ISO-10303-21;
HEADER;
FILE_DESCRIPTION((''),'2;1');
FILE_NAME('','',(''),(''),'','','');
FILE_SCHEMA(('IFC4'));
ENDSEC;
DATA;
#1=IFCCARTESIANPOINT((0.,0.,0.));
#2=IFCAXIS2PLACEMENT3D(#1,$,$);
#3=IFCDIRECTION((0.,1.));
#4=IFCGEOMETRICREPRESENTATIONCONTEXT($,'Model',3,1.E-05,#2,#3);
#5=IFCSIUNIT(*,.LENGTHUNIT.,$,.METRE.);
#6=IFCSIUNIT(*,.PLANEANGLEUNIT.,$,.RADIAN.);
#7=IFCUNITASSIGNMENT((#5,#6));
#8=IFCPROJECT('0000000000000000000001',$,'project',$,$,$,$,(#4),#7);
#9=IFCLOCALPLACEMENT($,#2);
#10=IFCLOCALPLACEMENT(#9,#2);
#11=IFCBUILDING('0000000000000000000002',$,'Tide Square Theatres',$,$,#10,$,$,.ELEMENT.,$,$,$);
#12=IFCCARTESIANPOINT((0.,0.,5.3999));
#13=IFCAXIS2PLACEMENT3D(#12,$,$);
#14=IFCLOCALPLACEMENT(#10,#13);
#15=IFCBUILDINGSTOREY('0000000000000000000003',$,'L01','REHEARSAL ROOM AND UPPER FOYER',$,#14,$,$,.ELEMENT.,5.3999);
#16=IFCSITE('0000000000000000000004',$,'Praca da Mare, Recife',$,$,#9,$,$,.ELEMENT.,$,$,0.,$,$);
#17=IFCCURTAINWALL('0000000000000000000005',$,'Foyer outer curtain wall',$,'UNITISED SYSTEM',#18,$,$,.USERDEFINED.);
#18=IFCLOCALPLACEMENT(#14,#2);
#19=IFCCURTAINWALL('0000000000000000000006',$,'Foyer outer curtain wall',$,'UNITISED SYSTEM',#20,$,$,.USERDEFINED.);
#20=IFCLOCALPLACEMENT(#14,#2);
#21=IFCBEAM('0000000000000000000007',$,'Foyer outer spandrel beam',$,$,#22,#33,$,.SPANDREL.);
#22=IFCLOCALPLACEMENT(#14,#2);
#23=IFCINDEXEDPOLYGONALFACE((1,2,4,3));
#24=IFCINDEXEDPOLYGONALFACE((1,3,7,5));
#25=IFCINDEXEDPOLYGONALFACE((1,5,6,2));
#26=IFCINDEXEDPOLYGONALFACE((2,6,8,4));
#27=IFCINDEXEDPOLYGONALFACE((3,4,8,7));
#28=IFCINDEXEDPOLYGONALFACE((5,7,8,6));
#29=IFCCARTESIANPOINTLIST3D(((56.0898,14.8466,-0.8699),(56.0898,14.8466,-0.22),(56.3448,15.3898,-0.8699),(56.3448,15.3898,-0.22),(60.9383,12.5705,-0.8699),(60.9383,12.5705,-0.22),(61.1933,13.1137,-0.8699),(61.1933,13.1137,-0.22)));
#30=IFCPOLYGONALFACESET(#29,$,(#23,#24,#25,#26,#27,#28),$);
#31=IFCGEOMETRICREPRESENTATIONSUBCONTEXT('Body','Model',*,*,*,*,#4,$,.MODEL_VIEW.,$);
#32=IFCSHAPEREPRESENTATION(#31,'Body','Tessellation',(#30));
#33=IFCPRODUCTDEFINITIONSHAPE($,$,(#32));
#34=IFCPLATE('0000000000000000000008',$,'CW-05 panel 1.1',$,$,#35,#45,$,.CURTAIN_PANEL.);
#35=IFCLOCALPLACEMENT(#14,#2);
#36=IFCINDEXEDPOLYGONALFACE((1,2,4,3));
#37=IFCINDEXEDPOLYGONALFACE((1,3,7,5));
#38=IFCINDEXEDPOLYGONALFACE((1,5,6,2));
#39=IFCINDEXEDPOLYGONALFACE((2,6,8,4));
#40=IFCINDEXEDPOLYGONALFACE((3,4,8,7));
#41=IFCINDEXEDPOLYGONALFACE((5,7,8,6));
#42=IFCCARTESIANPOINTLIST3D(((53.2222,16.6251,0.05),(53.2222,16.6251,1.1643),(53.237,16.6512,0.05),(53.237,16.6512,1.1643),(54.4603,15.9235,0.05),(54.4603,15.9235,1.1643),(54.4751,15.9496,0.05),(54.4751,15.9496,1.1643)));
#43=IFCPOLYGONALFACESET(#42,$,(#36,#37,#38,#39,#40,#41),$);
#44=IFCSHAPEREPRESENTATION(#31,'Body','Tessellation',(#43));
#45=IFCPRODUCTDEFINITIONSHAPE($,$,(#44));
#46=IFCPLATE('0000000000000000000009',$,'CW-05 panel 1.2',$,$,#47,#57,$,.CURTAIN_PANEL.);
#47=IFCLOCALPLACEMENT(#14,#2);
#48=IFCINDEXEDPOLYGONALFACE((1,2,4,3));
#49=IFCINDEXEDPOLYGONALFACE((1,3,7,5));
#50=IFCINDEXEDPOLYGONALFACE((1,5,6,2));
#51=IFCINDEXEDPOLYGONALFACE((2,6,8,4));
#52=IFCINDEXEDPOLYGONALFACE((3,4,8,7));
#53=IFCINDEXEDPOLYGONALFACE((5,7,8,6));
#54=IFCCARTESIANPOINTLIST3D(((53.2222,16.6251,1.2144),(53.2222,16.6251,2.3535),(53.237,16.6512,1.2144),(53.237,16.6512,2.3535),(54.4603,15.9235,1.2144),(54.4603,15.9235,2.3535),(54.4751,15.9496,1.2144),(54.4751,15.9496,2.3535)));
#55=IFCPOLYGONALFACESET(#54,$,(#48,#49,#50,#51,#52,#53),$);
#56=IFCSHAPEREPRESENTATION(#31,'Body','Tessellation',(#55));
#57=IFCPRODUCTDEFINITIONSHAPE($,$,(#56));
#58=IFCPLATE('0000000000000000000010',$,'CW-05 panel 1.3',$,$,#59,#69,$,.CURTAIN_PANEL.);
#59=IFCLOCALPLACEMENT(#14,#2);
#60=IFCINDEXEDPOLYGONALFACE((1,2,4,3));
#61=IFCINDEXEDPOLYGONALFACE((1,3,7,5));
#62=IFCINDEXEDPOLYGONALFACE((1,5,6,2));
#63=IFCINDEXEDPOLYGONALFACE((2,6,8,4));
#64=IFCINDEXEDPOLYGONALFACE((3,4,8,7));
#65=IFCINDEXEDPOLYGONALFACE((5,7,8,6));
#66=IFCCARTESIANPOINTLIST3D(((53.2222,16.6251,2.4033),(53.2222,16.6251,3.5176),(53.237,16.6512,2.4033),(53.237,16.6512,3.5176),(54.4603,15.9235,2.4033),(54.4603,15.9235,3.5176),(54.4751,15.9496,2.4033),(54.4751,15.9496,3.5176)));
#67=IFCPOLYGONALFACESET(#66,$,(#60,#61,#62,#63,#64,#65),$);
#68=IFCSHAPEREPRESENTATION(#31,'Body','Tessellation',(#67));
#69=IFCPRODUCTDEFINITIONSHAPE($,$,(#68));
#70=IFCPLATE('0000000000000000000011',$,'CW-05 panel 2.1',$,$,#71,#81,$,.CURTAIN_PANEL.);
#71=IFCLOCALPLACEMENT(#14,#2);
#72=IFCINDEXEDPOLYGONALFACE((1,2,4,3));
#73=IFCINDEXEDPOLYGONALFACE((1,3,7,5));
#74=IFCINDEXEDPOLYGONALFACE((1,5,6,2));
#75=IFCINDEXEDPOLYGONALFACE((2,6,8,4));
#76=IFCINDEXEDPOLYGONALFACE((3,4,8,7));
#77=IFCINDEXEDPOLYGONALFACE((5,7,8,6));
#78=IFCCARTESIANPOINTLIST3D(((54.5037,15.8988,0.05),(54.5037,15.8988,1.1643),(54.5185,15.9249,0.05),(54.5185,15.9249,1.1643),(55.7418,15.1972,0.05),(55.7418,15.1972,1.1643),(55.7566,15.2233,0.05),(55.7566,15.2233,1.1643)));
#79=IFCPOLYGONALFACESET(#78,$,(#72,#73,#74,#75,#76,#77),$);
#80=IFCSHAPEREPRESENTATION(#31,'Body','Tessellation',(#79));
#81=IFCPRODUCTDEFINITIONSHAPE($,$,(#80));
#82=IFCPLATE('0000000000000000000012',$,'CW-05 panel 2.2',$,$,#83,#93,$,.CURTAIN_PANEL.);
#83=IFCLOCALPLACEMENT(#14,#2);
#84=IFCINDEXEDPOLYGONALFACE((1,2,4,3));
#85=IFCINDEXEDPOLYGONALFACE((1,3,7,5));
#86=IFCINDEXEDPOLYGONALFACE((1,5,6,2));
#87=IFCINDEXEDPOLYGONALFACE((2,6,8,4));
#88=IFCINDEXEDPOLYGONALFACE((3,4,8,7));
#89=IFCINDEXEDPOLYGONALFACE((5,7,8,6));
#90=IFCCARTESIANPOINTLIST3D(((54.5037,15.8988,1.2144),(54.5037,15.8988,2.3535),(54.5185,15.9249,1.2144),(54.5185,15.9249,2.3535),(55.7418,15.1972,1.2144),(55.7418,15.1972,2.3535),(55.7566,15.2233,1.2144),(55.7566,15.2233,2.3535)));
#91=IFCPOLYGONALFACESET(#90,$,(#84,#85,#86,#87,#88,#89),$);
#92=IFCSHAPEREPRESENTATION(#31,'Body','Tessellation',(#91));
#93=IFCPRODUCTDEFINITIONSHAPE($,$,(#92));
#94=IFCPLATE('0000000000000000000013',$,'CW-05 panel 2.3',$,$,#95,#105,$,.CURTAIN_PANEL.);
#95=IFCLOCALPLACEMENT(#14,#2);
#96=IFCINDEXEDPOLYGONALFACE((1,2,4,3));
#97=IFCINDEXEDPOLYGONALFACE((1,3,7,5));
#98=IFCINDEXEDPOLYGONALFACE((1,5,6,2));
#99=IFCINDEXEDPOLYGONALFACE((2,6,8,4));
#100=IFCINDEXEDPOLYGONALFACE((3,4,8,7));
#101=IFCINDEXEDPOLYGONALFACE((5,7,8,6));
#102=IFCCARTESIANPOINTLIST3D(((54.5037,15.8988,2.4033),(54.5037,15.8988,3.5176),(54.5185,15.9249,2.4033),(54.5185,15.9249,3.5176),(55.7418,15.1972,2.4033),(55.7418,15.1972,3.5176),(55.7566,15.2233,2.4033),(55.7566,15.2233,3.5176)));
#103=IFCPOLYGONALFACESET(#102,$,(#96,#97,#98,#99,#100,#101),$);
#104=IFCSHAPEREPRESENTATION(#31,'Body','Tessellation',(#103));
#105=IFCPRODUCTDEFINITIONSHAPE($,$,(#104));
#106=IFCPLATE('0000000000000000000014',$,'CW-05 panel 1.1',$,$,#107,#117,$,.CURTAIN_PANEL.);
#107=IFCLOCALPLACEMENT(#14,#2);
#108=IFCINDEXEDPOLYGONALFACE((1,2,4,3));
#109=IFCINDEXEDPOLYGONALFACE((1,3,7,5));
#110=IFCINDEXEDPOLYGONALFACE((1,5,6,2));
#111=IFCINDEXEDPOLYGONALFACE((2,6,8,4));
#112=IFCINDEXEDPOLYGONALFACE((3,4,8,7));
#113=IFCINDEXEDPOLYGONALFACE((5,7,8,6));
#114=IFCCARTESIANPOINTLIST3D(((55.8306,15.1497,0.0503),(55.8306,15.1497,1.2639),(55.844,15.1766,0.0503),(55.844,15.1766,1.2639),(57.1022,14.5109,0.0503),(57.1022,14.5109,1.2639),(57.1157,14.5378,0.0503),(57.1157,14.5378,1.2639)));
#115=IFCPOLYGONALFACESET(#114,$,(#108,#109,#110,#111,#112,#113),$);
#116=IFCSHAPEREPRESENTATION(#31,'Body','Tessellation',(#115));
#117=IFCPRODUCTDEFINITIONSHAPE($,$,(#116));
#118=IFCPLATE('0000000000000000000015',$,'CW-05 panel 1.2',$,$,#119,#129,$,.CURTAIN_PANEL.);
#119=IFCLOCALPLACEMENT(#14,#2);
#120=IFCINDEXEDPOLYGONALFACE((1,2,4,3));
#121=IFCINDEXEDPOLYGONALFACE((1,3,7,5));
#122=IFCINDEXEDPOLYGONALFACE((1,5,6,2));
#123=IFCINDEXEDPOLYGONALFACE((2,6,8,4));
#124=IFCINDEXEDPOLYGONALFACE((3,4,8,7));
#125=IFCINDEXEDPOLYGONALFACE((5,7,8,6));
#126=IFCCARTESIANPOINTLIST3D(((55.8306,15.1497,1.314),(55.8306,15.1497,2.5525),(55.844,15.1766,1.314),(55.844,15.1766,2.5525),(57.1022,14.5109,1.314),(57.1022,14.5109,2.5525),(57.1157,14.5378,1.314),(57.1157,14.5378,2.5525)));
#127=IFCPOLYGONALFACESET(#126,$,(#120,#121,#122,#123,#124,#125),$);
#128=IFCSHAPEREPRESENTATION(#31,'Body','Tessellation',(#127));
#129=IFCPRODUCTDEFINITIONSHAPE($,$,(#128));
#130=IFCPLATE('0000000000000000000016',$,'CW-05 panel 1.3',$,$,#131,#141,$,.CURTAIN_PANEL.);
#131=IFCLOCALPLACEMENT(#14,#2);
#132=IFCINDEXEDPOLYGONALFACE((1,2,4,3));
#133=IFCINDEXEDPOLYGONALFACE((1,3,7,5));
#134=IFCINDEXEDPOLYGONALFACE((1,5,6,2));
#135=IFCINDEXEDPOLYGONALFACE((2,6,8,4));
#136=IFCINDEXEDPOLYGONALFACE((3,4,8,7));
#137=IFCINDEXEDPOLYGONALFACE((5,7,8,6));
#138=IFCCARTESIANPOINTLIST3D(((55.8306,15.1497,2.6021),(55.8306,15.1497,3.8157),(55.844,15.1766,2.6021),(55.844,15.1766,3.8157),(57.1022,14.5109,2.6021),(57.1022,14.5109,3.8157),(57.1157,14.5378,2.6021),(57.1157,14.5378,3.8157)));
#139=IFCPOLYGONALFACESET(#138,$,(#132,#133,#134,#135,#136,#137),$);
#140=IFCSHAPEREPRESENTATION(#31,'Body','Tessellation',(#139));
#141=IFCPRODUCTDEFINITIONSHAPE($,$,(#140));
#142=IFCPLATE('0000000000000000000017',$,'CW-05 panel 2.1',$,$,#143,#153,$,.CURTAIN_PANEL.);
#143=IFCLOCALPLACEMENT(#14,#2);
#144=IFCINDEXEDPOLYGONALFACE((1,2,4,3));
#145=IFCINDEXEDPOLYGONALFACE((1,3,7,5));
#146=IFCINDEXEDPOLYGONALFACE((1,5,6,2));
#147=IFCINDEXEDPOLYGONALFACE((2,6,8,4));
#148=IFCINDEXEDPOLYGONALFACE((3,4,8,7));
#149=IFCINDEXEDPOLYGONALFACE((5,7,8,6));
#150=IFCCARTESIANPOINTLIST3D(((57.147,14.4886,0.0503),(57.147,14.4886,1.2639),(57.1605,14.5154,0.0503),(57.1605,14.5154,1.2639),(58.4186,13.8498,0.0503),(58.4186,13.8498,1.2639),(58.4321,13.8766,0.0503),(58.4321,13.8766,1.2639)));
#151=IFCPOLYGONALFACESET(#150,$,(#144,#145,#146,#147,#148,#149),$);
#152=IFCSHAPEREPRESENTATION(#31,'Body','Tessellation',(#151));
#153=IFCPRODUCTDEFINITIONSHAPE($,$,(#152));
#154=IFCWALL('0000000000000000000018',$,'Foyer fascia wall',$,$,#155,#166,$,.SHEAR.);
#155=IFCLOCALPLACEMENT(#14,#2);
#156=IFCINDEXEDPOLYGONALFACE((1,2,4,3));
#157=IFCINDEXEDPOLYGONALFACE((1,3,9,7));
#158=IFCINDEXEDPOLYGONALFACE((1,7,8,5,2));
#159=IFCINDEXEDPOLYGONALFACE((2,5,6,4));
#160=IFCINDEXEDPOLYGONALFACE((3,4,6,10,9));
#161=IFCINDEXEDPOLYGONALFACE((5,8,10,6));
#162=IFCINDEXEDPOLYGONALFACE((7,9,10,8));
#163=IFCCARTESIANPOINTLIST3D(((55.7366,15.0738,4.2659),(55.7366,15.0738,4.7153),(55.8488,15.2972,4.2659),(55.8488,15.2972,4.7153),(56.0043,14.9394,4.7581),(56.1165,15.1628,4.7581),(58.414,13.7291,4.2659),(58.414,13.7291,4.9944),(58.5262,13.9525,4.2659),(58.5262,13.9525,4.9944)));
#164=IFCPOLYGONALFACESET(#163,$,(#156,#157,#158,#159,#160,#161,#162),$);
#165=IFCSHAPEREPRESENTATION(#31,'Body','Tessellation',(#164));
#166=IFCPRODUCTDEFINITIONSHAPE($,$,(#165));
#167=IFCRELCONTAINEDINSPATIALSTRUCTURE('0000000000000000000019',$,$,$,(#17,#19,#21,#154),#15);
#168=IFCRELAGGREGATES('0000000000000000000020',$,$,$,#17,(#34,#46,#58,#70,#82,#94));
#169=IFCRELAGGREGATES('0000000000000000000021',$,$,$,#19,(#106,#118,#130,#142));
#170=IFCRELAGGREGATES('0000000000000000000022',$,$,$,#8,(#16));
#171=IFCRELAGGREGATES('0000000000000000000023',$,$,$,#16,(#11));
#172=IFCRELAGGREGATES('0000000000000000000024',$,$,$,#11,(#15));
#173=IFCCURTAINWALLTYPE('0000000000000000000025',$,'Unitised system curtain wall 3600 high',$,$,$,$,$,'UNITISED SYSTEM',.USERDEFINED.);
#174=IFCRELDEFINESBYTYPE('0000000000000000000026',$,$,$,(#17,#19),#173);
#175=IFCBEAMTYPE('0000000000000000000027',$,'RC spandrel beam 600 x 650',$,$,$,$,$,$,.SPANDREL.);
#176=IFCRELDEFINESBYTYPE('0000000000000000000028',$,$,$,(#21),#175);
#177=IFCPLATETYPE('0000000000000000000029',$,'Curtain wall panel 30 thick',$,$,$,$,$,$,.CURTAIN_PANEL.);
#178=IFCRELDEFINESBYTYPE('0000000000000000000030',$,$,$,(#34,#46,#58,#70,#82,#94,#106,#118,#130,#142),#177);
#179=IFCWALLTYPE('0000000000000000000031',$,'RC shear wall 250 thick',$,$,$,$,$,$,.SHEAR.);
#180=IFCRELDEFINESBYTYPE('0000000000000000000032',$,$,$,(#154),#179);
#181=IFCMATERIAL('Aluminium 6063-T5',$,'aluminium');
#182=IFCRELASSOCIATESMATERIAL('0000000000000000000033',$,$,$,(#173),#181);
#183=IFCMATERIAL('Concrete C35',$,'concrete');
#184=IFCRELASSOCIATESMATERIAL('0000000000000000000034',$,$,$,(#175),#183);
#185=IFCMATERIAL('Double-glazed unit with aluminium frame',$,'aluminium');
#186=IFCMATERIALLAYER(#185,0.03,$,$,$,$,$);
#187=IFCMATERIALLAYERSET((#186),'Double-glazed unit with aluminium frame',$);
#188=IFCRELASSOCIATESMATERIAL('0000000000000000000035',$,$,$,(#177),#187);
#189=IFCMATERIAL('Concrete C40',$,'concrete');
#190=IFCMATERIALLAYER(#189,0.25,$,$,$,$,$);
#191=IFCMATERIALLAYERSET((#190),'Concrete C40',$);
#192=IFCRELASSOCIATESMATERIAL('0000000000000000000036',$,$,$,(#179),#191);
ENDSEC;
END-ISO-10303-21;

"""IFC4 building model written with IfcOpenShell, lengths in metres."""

from ifc_helpers import new_model, si_unit, direction, frame, origin, origin_2d, place, context, subcontext, project, spatial, polyline, rectangle, outline, extrude, material, layer, layer_set, material_profile, profile_set, type_object, element, aggregate, save


model = new_model("IFC4")

# Units and contexts
model_context = context("Model", 3, precision=1e-05, world=origin(), true_north=direction((0.0, 1.0)))
body_context = subcontext(model_context, "Body", "Model", "MODEL_VIEW")
ifc_project = project(units=[si_unit("LENGTHUNIT", "METRE"), si_unit("PLANEANGLEUNIT", "RADIAN")], contexts=[model_context])

# Site, building, storey
site_placement = place(None, origin())
site = spatial("IfcSite", under=ifc_project, at=site_placement, Name="Praca da Mare, Recife", CompositionType="ELEMENT", RefElevation=0.0)
building_placement = place(site_placement, origin())
building = spatial("IfcBuilding", under=site, at=building_placement, Name="Tide Square Theatres", CompositionType="ELEMENT")
storey_placement = place(building_placement, frame((0.0, 0.0, 5.3999)))
storey = spatial("IfcBuildingStorey", under=building, at=storey_placement, Name="L01", Description="REHEARSAL ROOM AND UPPER FOYER", CompositionType="ELEMENT", Elevation=5.3999)

# Curtain walls
ifc_material_1 = material(Name="Aluminium 6063-T5", Category="aluminium")
curtain_wall_type = type_object("IfcCurtainWallType", Name="Unitised system curtain wall 3600 high", ElementType="UNITISED SYSTEM", PredefinedType="USERDEFINED", material=ifc_material_1)
curtain_wall_1_placement = place(storey_placement, origin())
curtain_wall_1 = element("IfcCurtainWall", 1, at=curtain_wall_1_placement, inside=storey, type_object=curtain_wall_type, Name="Foyer outer curtain wall", ObjectType="UNITISED SYSTEM", PredefinedType="USERDEFINED")
curtain_wall_2_placement = place(storey_placement, origin())
curtain_wall_2 = element("IfcCurtainWall", 2, at=curtain_wall_2_placement, inside=storey, type_object=curtain_wall_type, Name="Foyer outer curtain wall", ObjectType="UNITISED SYSTEM", PredefinedType="USERDEFINED")

# Beam
ifc_material_2 = material(Name="Concrete C35", Category="concrete")
ifc_material_profile_1 = material_profile(ifc_material_2, rectangle(XDim=0.6001, YDim=0.6499, at=origin_2d()))
ifc_profile_set_1 = profile_set([ifc_material_profile_1], Name="Concrete C35")
beam_type_1 = type_object("IfcBeamType", Name="RC spandrel beam 600 x 650", PredefinedType="SPANDREL", material=ifc_profile_set_1)
beam_1_placement = place(storey_placement, frame((56.2173, 15.1182, -0.5449), z_axis=(0.90522, -0.424943, 0.0), x_axis=(0.424943, 0.90522, 0.0)))
element("IfcBeam", 3, at=beam_1_placement, inside=storey, type_object=beam_type_1, Name="Foyer outer spandrel beam", PredefinedType="SPANDREL", context=body_context, shape_type="SweptSolid", body=[
    extrude(rectangle(XDim=0.6001, YDim=0.6499, at=origin_2d()), origin(), (0.0, 0.0, 1.0), 5.3562),
])

# Plates
ifc_material_3 = material(Name="Double-glazed unit with aluminium frame", Category="aluminium")
ifc_layer_1 = layer(ifc_material_3, 0.03)
ifc_layer_set_1 = layer_set([ifc_layer_1], Name="Double-glazed unit with aluminium frame")
plate_type = type_object("IfcPlateType", Name="Curtain wall panel 30 thick", PredefinedType="CURTAIN_PANEL", material=ifc_layer_set_1)
plate_1_placement = place(storey_placement, frame((53.8486, 16.2874, 0.05), z_axis=(0.0, 0.0, 1.0), x_axis=(0.870018, -0.493019, 0.0)))
plate_1 = element("IfcPlate", 4, at=plate_1_placement, type_object=plate_type, Name="CW-05 panel 1.1", PredefinedType="CURTAIN_PANEL", context=body_context, shape_type="SweptSolid", body=[
    extrude(rectangle(XDim=1.4231, YDim=0.03, at=origin_2d()), origin(), (0.0, 0.0, 1.0), 1.1143),
])
plate_2_placement = place(storey_placement, frame((53.8486, 16.2874, 1.2144), z_axis=(0.0, 0.0, 1.0), x_axis=(0.870018, -0.493019, 0.0)))
plate_2 = element("IfcPlate", 5, at=plate_2_placement, type_object=plate_type, Name="CW-05 panel 1.2", PredefinedType="CURTAIN_PANEL", context=body_context, shape_type="SweptSolid", body=[
    extrude(rectangle(XDim=1.4231, YDim=0.03, at=origin_2d()), origin(), (0.0, 0.0, 1.0), 1.1392),
])
plate_3_placement = place(storey_placement, frame((53.8486, 16.2874, 2.4033), z_axis=(0.0, 0.0, 1.0), x_axis=(0.870018, -0.493019, 0.0)))
plate_3 = element("IfcPlate", 6, at=plate_3_placement, type_object=plate_type, Name="CW-05 panel 1.3", PredefinedType="CURTAIN_PANEL", context=body_context, shape_type="SweptSolid", body=[
    extrude(rectangle(XDim=1.4231, YDim=0.03, at=origin_2d()), origin(), (0.0, 0.0, 1.0), 1.1143),
])
plate_4_placement = place(storey_placement, frame((55.1301, 15.561, 0.05), z_axis=(0.0, 0.0, 1.0), x_axis=(0.870018, -0.493019, 0.0)))
plate_4 = element("IfcPlate", 7, at=plate_4_placement, type_object=plate_type, Name="CW-05 panel 2.1", PredefinedType="CURTAIN_PANEL", context=body_context, shape_type="SweptSolid", body=[
    extrude(rectangle(XDim=1.4231, YDim=0.03, at=origin_2d()), origin(), (0.0, 0.0, 1.0), 1.1143),
])
plate_5_placement = place(storey_placement, frame((55.1301, 15.561, 1.2144), z_axis=(0.0, 0.0, 1.0), x_axis=(0.870018, -0.493019, 0.0)))
plate_5 = element("IfcPlate", 8, at=plate_5_placement, type_object=plate_type, Name="CW-05 panel 2.2", PredefinedType="CURTAIN_PANEL", context=body_context, shape_type="SweptSolid", body=[
    extrude(rectangle(XDim=1.4231, YDim=0.03, at=origin_2d()), origin(), (0.0, 0.0, 1.0), 1.1392),
])
plate_6_placement = place(storey_placement, frame((55.1301, 15.561, 2.4033), z_axis=(0.0, 0.0, 1.0), x_axis=(0.870018, -0.493019, 0.0)))
plate_6 = element("IfcPlate", 9, at=plate_6_placement, type_object=plate_type, Name="CW-05 panel 2.3", PredefinedType="CURTAIN_PANEL", context=body_context, shape_type="SweptSolid", body=[
    extrude(rectangle(XDim=1.4231, YDim=0.03, at=origin_2d()), origin(), (0.0, 0.0, 1.0), 1.1143),
])
aggregate(curtain_wall_1, [plate_1, plate_2, plate_3, plate_4, plate_5, plate_6])
plate_7_placement = place(storey_placement, frame((56.4731, 14.8438, 0.0503), z_axis=(0.0, 0.0, 1.0), x_axis=(0.893598, -0.448868, 0.0)))
plate_7 = element("IfcPlate", 10, at=plate_7_placement, type_object=plate_type, Name="CW-05 panel 1.1", PredefinedType="CURTAIN_PANEL", context=body_context, shape_type="SweptSolid", body=[
    extrude(rectangle(XDim=1.4231, YDim=0.03, at=origin_2d()), origin(), (0.0, 0.0, 1.0), 1.2136),
])
plate_8_placement = place(storey_placement, frame((56.4731, 14.8438, 1.314), z_axis=(0.0, 0.0, 1.0), x_axis=(0.893598, -0.448868, 0.0)))
plate_8 = element("IfcPlate", 11, at=plate_8_placement, type_object=plate_type, Name="CW-05 panel 1.2", PredefinedType="CURTAIN_PANEL", context=body_context, shape_type="SweptSolid", body=[
    extrude(rectangle(XDim=1.4231, YDim=0.03, at=origin_2d()), origin(), (0.0, 0.0, 1.0), 1.2385),
])
plate_9_placement = place(storey_placement, frame((56.4731, 14.8438, 2.6021), z_axis=(0.0, 0.0, 1.0), x_axis=(0.893598, -0.448868, 0.0)))
plate_9 = element("IfcPlate", 12, at=plate_9_placement, type_object=plate_type, Name="CW-05 panel 1.3", PredefinedType="CURTAIN_PANEL", context=body_context, shape_type="SweptSolid", body=[
    extrude(rectangle(XDim=1.4231, YDim=0.03, at=origin_2d()), origin(), (0.0, 0.0, 1.0), 1.2136),
])
plate_10_placement = place(storey_placement, frame((57.7896, 14.1826, 0.0503), z_axis=(0.0, 0.0, 1.0), x_axis=(0.893598, -0.448868, 0.0)))
plate_10 = element("IfcPlate", 13, at=plate_10_placement, type_object=plate_type, Name="CW-05 panel 2.1", PredefinedType="CURTAIN_PANEL", context=body_context, shape_type="SweptSolid", body=[
    extrude(rectangle(XDim=1.4231, YDim=0.03, at=origin_2d()), origin(), (0.0, 0.0, 1.0), 1.2136),
])
aggregate(curtain_wall_2, [plate_7, plate_8, plate_9, plate_10])

# Wall
ifc_material_4 = material(Name="Concrete C40", Category="concrete")
ifc_layer_2 = layer(ifc_material_4, 0.25)
ifc_layer_set_2 = layer_set([ifc_layer_2], Name="Concrete C40")
wall_type = type_object("IfcWallType", Name="RC shear wall 250 thick", PredefinedType="SHEAR", material=ifc_layer_set_2)
wall_placement = place(storey_placement, frame((55.7927, 15.1855, 4.2659), z_axis=(0.0, 0.0, 1.0), x_axis=(0.893611, -0.448843, 0.0)))
element("IfcWall", 14, at=wall_placement, inside=storey, type_object=wall_type, Name="Foyer fascia wall", PredefinedType="SHEAR", context=body_context, shape_type="SweptSolid", body=[
    extrude(outline(polyline([(0.0, 0.0), (2.9961, 0.0), (2.9961, 0.7285), (0.2996, 0.4922), (0.0, 0.4495), (0.0, 0.0)])), frame((0.0, 0.125, 0.0), z_axis=(0.0, -1.0, 0.0), x_axis=(1.0, 0.0, 0.0)), (0.0, 0.0, 1.0), 0.25),
])

save(model, "model.ifc")
